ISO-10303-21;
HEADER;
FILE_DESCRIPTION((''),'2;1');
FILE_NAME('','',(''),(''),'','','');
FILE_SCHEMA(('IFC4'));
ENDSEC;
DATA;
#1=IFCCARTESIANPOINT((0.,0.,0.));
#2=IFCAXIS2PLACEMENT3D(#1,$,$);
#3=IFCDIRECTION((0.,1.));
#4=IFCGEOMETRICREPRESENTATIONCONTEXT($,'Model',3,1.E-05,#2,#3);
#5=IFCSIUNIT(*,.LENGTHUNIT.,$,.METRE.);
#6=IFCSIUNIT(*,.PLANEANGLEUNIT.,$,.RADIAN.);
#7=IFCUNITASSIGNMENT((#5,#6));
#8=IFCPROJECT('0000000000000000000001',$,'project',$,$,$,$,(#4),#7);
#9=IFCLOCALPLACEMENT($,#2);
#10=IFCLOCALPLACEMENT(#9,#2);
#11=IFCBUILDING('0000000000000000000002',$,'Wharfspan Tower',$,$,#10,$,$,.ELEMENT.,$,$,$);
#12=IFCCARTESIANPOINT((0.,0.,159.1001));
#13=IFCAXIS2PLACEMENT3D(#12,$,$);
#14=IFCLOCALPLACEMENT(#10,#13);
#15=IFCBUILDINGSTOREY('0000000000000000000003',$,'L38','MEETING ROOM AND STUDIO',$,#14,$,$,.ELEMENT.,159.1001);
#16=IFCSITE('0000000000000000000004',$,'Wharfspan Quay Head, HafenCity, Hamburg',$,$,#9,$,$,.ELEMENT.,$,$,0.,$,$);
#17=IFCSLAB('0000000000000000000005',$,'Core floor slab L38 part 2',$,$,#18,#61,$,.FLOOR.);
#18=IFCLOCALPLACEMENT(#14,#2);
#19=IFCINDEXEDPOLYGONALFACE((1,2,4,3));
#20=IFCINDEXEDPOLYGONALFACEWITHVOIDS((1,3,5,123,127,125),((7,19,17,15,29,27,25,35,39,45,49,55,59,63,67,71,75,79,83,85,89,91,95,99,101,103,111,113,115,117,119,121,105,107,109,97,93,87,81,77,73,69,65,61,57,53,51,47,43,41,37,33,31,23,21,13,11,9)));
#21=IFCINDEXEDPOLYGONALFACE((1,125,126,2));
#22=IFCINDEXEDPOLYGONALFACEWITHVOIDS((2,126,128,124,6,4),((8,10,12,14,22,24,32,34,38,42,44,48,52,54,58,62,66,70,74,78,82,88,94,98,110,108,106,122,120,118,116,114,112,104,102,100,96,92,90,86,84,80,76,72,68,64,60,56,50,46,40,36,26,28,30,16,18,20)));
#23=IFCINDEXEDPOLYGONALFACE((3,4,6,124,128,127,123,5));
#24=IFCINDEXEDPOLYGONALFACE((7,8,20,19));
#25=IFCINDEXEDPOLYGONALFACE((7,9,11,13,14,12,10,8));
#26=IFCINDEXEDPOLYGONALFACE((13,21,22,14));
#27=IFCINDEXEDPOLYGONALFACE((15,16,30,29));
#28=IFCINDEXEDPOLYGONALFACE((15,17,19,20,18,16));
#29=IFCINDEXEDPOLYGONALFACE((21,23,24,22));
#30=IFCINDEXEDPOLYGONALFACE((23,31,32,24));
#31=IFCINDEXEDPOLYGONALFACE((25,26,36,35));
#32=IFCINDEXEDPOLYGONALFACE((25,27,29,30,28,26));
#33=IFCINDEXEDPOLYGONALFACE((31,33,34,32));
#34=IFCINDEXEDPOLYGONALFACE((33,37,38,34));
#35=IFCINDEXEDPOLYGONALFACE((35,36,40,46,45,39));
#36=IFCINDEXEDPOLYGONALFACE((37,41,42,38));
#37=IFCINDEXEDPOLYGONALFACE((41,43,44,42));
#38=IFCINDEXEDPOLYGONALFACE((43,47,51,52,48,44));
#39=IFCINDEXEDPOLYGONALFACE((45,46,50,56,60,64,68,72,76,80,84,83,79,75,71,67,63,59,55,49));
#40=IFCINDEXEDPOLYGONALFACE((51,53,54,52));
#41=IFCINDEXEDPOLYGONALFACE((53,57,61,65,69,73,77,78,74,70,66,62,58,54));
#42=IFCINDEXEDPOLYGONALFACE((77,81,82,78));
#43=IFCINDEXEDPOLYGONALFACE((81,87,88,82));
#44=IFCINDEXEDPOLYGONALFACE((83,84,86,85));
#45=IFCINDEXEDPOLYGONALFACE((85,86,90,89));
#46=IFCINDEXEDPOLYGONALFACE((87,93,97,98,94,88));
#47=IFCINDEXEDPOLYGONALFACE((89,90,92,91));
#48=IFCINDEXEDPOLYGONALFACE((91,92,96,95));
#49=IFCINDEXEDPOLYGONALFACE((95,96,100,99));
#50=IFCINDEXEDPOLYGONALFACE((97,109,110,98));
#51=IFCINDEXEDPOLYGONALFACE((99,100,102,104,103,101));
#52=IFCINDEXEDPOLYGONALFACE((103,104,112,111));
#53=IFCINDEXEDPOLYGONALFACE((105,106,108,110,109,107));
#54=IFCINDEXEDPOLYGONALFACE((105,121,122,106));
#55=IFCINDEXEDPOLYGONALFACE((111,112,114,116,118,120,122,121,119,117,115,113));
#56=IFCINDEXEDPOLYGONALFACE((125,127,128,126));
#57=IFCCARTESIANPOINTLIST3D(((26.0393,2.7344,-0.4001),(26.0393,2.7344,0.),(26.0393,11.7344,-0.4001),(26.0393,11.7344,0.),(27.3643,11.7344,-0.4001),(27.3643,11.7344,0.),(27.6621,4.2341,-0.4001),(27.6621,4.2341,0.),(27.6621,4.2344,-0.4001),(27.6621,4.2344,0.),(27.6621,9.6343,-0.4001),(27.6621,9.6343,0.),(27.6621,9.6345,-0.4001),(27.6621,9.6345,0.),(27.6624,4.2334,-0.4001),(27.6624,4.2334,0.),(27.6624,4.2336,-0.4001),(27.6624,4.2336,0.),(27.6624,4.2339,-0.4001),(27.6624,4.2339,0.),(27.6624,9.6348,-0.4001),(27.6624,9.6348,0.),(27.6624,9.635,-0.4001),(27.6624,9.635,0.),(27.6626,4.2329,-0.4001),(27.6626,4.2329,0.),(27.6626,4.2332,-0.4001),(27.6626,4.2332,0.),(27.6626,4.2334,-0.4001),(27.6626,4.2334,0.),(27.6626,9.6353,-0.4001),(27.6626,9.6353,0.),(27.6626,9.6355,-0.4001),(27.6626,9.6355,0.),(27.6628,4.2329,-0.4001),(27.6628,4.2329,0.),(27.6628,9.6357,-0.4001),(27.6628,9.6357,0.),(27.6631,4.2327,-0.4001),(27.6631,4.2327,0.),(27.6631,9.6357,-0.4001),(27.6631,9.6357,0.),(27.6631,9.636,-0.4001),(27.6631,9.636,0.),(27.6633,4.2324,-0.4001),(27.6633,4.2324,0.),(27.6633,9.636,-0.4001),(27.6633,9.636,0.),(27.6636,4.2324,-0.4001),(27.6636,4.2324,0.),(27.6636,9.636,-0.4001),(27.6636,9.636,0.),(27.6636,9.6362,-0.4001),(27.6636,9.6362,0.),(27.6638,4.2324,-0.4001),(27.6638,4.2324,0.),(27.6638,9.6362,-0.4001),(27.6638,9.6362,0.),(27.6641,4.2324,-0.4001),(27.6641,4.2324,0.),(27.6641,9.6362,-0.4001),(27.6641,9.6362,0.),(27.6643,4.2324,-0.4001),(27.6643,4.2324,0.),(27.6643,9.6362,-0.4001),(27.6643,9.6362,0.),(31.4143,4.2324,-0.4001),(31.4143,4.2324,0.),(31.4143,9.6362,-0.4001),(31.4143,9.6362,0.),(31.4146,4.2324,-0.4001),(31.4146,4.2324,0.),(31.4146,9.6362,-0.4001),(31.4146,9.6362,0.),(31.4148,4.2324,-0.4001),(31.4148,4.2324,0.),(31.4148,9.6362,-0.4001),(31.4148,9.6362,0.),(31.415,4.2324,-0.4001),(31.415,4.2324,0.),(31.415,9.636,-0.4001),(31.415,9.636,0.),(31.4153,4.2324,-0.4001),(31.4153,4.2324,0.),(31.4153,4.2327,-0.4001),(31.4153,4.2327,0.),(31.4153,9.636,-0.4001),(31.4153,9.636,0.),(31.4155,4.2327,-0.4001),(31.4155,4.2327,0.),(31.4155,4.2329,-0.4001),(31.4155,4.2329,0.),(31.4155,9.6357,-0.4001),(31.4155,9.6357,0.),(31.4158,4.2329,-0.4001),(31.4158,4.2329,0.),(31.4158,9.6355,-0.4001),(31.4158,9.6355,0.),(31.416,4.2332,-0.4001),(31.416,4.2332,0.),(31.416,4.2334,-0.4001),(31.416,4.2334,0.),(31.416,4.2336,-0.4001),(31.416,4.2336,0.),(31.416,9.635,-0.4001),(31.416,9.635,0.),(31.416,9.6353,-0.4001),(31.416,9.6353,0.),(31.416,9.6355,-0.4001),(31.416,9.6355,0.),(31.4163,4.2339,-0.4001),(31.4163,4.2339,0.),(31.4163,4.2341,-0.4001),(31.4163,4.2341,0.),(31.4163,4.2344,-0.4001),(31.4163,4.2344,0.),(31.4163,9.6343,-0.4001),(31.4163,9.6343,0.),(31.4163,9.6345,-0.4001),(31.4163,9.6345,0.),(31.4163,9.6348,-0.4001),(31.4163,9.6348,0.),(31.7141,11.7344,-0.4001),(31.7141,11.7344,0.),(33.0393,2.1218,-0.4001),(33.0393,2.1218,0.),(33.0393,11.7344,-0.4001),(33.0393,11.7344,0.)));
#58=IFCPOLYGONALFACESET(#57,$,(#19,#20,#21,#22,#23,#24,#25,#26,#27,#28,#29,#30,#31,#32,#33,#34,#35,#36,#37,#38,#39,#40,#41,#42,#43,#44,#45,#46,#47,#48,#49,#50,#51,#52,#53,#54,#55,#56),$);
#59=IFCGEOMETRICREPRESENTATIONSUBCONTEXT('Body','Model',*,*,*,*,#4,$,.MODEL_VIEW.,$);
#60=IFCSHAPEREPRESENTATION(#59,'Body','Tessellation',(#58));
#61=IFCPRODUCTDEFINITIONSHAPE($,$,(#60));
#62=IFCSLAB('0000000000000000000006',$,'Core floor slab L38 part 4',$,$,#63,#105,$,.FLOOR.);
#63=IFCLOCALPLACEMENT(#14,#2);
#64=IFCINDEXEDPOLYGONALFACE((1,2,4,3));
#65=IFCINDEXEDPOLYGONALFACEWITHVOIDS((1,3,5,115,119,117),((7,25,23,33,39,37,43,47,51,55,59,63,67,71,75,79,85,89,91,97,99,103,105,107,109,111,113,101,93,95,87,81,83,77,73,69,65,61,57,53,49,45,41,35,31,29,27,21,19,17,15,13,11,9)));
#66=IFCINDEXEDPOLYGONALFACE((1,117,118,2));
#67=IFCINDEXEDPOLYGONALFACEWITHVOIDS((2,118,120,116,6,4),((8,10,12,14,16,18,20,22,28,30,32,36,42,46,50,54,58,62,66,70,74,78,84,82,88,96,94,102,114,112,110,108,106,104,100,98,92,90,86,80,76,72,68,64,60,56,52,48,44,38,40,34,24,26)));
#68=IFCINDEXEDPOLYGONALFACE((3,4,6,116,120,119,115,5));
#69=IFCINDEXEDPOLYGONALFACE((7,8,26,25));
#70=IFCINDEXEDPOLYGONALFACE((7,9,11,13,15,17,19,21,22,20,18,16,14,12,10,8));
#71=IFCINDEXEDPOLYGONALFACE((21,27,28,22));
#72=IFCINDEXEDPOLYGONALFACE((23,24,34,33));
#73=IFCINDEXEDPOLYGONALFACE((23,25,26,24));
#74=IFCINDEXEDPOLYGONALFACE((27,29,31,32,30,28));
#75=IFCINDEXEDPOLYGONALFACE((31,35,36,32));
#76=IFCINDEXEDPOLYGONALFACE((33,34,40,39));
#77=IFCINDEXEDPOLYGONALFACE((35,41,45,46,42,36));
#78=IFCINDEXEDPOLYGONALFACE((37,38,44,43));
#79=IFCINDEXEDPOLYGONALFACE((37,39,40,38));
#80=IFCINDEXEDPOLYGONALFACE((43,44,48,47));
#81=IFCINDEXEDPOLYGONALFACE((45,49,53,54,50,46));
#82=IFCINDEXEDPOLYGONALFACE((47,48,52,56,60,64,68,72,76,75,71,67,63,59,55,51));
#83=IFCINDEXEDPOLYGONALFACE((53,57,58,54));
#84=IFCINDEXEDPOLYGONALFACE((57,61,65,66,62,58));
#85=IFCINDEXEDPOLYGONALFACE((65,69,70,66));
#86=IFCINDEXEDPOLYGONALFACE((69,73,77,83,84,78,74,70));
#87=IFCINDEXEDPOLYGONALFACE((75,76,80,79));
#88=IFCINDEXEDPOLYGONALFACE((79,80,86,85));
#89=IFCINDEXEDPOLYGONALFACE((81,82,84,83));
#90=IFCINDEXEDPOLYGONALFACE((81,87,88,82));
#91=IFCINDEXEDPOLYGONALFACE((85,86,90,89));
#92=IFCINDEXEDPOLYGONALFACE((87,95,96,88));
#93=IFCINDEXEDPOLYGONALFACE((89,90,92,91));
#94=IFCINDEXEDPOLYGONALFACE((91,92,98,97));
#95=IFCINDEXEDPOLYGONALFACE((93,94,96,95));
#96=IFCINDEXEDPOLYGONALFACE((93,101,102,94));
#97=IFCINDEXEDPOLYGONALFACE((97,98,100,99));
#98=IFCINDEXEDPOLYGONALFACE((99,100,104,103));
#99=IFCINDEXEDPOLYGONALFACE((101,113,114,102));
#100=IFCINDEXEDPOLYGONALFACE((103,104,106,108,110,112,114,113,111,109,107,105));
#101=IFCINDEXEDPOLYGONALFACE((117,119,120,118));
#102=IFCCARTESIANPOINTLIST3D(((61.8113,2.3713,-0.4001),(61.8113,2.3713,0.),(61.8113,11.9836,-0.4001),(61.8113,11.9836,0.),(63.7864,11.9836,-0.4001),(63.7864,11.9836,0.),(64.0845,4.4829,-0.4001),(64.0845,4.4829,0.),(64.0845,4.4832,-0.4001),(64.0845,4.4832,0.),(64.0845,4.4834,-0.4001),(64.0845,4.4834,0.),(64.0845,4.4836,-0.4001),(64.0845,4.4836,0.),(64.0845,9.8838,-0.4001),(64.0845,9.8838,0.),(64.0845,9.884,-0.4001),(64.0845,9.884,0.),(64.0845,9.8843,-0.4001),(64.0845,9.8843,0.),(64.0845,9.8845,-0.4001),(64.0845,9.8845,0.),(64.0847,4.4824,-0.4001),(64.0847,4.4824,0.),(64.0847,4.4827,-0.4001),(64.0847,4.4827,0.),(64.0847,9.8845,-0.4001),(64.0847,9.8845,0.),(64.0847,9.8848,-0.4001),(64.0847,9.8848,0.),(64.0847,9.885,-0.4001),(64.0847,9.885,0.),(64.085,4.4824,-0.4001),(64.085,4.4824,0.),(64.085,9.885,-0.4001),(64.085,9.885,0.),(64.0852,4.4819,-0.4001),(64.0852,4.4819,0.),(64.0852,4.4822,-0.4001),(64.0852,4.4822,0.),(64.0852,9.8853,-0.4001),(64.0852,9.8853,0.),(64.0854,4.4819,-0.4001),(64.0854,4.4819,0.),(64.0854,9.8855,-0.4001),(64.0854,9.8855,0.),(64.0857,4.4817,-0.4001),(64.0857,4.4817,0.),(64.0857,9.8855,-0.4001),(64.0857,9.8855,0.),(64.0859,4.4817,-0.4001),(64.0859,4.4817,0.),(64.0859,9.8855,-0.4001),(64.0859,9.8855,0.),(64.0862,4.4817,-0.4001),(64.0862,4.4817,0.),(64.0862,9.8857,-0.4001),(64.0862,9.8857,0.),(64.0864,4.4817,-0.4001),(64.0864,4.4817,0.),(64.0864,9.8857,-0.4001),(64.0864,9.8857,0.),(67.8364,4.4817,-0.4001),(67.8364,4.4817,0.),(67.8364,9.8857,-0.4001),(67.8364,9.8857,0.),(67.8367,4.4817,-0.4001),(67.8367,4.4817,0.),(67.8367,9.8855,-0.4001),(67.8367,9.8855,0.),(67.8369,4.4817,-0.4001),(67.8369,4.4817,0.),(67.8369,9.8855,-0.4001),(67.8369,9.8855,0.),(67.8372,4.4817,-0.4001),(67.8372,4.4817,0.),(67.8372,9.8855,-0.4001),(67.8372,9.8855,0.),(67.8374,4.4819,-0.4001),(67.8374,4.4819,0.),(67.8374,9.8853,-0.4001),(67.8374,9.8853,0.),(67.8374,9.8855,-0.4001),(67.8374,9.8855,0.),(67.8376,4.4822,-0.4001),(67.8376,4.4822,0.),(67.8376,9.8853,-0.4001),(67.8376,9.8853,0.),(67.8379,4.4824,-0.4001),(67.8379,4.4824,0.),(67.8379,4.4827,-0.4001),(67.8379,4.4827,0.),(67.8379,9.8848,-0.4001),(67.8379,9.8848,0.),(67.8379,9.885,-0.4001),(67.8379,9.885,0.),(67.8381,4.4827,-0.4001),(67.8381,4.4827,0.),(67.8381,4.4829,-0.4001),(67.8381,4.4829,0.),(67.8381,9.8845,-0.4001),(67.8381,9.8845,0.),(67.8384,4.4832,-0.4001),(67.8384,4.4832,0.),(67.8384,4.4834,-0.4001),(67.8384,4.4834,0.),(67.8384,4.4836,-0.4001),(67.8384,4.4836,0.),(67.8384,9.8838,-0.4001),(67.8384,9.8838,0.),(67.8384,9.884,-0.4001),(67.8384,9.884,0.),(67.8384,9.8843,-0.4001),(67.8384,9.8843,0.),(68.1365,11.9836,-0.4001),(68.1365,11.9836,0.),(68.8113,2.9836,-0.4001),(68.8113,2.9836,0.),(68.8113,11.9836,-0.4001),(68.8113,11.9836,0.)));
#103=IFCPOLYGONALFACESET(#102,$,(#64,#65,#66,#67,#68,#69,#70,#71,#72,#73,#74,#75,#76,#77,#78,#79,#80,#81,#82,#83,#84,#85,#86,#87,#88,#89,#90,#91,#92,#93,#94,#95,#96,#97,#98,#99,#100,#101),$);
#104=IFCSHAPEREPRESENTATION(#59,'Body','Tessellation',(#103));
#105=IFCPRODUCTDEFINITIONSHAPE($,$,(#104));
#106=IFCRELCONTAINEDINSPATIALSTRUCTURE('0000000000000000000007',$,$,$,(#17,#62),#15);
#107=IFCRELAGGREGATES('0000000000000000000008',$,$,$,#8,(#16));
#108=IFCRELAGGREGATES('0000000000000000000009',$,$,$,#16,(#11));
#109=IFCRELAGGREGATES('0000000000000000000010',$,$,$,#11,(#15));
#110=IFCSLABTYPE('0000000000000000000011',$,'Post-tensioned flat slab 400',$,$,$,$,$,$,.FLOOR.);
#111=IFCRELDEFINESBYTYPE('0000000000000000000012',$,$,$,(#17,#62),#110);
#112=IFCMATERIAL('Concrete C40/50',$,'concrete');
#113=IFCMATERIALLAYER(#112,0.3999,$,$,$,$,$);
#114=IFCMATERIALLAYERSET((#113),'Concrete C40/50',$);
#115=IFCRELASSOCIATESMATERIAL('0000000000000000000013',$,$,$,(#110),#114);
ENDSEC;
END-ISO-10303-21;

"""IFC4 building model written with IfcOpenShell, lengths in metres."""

from ifc_helpers import new_model, si_unit, direction, frame, origin, place, context, subcontext, project, spatial, polyline, outline, extrude, material, layer, layer_set, type_object, element, save


model = new_model("IFC4")

# Units and contexts
model_context = context("Model", 3, precision=1e-05, world=origin(), true_north=direction((0.0, 1.0)))
body_context = subcontext(model_context, "Body", "Model", "MODEL_VIEW")
ifc_project = project(units=[si_unit("LENGTHUNIT", "METRE"), si_unit("PLANEANGLEUNIT", "RADIAN")], contexts=[model_context])

# Site, building, storey
site_placement = place(None, origin())
site = spatial("IfcSite", under=ifc_project, at=site_placement, Name="Wharfspan Quay Head, HafenCity, Hamburg", CompositionType="ELEMENT", RefElevation=0.0)
building_placement = place(site_placement, origin())
building = spatial("IfcBuilding", under=site, at=building_placement, Name="Wharfspan Tower", CompositionType="ELEMENT")
storey_placement = place(building_placement, frame((0.0, 0.0, 159.1001)))
storey = spatial("IfcBuildingStorey", under=building, at=storey_placement, Name="L38", Description="MEETING ROOM AND STUDIO", CompositionType="ELEMENT", Elevation=159.1001)

# Slabs
ifc_material_1 = material(Name="Concrete C40/50", Category="concrete")
ifc_layer_1 = layer(ifc_material_1, 0.3999)
ifc_layer_set_1 = layer_set([ifc_layer_1], Name="Concrete C40/50")
slab_type_1 = type_object("IfcSlabType", Name="Post-tensioned flat slab 400", PredefinedType="FLOOR", material=ifc_layer_set_1)
slab_1_placement = place(storey_placement, frame((0.0, 0.0, -0.4001)))
element("IfcSlab", 1, at=slab_1_placement, inside=storey, type_object=slab_type_1, Name="Core floor slab L38 part 2", PredefinedType="FLOOR", context=body_context, shape_type="SweptSolid", body=[
    extrude(outline(polyline([(31.7141, 11.7344), (27.3643, 11.7344), (26.0393, 11.7344), (26.0393, 2.7344), (33.0393, 2.1218), (33.0393, 11.7344), (31.7141, 11.7344)]), holes=[polyline([(27.6621, 9.6343), (27.6621, 9.6345), (27.6624, 9.6348), (27.6624, 9.635), (27.6624, 9.635), (27.6626, 9.6353), (27.6626, 9.6355), (27.6626, 9.6355), (27.6628, 9.6357), (27.6631, 9.6357), (27.6631, 9.636), (27.6633, 9.636), (27.6636, 9.636), (27.6636, 9.6362), (27.6638, 9.6362), (27.6641, 9.6362), (27.6643, 9.6362), (31.4143, 9.6362), (31.4143, 9.6362), (31.4146, 9.6362), (31.4148, 9.6362), (31.415, 9.636), (31.4153, 9.636), (31.4153, 9.636), (31.4155, 9.6357), (31.4155, 9.6357), (31.4158, 9.6355), (31.416, 9.6355), (31.416, 9.6353), (31.416, 9.635), (31.416, 9.635), (31.4163, 9.6348), (31.4163, 9.6345), (31.4163, 9.6343), (31.4163, 4.2344), (31.4163, 4.2341), (31.4163, 4.2339), (31.416, 4.2336), (31.416, 4.2334), (31.416, 4.2334), (31.416, 4.2332), (31.4158, 4.2329), (31.4155, 4.2329), (31.4155, 4.2327), (31.4153, 4.2327), (31.4153, 4.2324), (31.415, 4.2324), (31.4148, 4.2324), (31.4146, 4.2324), (31.4143, 4.2324), (31.4143, 4.2324), (27.6643, 4.2324), (27.6641, 4.2324), (27.6638, 4.2324), (27.6636, 4.2324), (27.6636, 4.2324), (27.6633, 4.2324), (27.6631, 4.2327), (27.6631, 4.2327), (27.6628, 4.2329), (27.6626, 4.2329), (27.6626, 4.2332), (27.6626, 4.2334), (27.6624, 4.2334), (27.6624, 4.2336), (27.6624, 4.2339), (27.6621, 4.2341), (27.6621, 4.2344), (27.6621, 9.6343)])]), origin(), (0.0, 0.0, 1.0), 0.4001),
])
slab_2_placement = place(storey_placement, frame((0.0, 0.0, -0.4001)))
element("IfcSlab", 2, at=slab_2_placement, inside=storey, type_object=slab_type_1, Name="Core floor slab L38 part 4", PredefinedType="FLOOR", context=body_context, shape_type="SweptSolid", body=[
    extrude(outline(polyline([(68.8113, 11.9836), (68.1365, 11.9836), (63.7864, 11.9836), (61.8113, 11.9836), (61.8113, 2.3713), (68.8113, 2.9836), (68.8113, 11.9836)]), holes=[polyline([(64.0845, 9.8838), (64.0845, 9.8838), (64.0845, 9.884), (64.0845, 9.8843), (64.0845, 9.8845), (64.0847, 9.8845), (64.0847, 9.8848), (64.0847, 9.885), (64.085, 9.885), (64.0852, 9.8853), (64.0852, 9.8853), (64.0854, 9.8855), (64.0857, 9.8855), (64.0857, 9.8855), (64.0859, 9.8855), (64.0862, 9.8857), (64.0864, 9.8857), (67.8364, 9.8857), (67.8364, 9.8857), (67.8367, 9.8855), (67.8369, 9.8855), (67.8372, 9.8855), (67.8374, 9.8855), (67.8374, 9.8853), (67.8376, 9.8853), (67.8379, 9.885), (67.8379, 9.885), (67.8379, 9.8848), (67.8381, 9.8845), (67.8381, 9.8845), (67.8384, 9.8843), (67.8384, 9.884), (67.8384, 9.8838), (67.8384, 9.8838), (67.8384, 4.4836), (67.8384, 4.4834), (67.8384, 4.4834), (67.8384, 4.4832), (67.8381, 4.4829), (67.8381, 4.4827), (67.8379, 4.4827), (67.8379, 4.4824), (67.8379, 4.4824), (67.8376, 4.4822), (67.8374, 4.4819), (67.8374, 4.4819), (67.8372, 4.4817), (67.8369, 4.4817), (67.8367, 4.4817), (67.8364, 4.4817), (67.8364, 4.4817), (64.0864, 4.4817), (64.0862, 4.4817), (64.0859, 4.4817), (64.0857, 4.4817), (64.0857, 4.4817), (64.0854, 4.4819), (64.0852, 4.4819), (64.0852, 4.4822), (64.085, 4.4824), (64.0847, 4.4824), (64.0847, 4.4827), (64.0847, 4.4827), (64.0845, 4.4829), (64.0845, 4.4832), (64.0845, 4.4834), (64.0845, 4.4834), (64.0845, 4.4836), (64.0845, 9.8838)])]), origin(), (0.0, 0.0, 1.0), 0.4001),
])

save(model, "model.ifc")
